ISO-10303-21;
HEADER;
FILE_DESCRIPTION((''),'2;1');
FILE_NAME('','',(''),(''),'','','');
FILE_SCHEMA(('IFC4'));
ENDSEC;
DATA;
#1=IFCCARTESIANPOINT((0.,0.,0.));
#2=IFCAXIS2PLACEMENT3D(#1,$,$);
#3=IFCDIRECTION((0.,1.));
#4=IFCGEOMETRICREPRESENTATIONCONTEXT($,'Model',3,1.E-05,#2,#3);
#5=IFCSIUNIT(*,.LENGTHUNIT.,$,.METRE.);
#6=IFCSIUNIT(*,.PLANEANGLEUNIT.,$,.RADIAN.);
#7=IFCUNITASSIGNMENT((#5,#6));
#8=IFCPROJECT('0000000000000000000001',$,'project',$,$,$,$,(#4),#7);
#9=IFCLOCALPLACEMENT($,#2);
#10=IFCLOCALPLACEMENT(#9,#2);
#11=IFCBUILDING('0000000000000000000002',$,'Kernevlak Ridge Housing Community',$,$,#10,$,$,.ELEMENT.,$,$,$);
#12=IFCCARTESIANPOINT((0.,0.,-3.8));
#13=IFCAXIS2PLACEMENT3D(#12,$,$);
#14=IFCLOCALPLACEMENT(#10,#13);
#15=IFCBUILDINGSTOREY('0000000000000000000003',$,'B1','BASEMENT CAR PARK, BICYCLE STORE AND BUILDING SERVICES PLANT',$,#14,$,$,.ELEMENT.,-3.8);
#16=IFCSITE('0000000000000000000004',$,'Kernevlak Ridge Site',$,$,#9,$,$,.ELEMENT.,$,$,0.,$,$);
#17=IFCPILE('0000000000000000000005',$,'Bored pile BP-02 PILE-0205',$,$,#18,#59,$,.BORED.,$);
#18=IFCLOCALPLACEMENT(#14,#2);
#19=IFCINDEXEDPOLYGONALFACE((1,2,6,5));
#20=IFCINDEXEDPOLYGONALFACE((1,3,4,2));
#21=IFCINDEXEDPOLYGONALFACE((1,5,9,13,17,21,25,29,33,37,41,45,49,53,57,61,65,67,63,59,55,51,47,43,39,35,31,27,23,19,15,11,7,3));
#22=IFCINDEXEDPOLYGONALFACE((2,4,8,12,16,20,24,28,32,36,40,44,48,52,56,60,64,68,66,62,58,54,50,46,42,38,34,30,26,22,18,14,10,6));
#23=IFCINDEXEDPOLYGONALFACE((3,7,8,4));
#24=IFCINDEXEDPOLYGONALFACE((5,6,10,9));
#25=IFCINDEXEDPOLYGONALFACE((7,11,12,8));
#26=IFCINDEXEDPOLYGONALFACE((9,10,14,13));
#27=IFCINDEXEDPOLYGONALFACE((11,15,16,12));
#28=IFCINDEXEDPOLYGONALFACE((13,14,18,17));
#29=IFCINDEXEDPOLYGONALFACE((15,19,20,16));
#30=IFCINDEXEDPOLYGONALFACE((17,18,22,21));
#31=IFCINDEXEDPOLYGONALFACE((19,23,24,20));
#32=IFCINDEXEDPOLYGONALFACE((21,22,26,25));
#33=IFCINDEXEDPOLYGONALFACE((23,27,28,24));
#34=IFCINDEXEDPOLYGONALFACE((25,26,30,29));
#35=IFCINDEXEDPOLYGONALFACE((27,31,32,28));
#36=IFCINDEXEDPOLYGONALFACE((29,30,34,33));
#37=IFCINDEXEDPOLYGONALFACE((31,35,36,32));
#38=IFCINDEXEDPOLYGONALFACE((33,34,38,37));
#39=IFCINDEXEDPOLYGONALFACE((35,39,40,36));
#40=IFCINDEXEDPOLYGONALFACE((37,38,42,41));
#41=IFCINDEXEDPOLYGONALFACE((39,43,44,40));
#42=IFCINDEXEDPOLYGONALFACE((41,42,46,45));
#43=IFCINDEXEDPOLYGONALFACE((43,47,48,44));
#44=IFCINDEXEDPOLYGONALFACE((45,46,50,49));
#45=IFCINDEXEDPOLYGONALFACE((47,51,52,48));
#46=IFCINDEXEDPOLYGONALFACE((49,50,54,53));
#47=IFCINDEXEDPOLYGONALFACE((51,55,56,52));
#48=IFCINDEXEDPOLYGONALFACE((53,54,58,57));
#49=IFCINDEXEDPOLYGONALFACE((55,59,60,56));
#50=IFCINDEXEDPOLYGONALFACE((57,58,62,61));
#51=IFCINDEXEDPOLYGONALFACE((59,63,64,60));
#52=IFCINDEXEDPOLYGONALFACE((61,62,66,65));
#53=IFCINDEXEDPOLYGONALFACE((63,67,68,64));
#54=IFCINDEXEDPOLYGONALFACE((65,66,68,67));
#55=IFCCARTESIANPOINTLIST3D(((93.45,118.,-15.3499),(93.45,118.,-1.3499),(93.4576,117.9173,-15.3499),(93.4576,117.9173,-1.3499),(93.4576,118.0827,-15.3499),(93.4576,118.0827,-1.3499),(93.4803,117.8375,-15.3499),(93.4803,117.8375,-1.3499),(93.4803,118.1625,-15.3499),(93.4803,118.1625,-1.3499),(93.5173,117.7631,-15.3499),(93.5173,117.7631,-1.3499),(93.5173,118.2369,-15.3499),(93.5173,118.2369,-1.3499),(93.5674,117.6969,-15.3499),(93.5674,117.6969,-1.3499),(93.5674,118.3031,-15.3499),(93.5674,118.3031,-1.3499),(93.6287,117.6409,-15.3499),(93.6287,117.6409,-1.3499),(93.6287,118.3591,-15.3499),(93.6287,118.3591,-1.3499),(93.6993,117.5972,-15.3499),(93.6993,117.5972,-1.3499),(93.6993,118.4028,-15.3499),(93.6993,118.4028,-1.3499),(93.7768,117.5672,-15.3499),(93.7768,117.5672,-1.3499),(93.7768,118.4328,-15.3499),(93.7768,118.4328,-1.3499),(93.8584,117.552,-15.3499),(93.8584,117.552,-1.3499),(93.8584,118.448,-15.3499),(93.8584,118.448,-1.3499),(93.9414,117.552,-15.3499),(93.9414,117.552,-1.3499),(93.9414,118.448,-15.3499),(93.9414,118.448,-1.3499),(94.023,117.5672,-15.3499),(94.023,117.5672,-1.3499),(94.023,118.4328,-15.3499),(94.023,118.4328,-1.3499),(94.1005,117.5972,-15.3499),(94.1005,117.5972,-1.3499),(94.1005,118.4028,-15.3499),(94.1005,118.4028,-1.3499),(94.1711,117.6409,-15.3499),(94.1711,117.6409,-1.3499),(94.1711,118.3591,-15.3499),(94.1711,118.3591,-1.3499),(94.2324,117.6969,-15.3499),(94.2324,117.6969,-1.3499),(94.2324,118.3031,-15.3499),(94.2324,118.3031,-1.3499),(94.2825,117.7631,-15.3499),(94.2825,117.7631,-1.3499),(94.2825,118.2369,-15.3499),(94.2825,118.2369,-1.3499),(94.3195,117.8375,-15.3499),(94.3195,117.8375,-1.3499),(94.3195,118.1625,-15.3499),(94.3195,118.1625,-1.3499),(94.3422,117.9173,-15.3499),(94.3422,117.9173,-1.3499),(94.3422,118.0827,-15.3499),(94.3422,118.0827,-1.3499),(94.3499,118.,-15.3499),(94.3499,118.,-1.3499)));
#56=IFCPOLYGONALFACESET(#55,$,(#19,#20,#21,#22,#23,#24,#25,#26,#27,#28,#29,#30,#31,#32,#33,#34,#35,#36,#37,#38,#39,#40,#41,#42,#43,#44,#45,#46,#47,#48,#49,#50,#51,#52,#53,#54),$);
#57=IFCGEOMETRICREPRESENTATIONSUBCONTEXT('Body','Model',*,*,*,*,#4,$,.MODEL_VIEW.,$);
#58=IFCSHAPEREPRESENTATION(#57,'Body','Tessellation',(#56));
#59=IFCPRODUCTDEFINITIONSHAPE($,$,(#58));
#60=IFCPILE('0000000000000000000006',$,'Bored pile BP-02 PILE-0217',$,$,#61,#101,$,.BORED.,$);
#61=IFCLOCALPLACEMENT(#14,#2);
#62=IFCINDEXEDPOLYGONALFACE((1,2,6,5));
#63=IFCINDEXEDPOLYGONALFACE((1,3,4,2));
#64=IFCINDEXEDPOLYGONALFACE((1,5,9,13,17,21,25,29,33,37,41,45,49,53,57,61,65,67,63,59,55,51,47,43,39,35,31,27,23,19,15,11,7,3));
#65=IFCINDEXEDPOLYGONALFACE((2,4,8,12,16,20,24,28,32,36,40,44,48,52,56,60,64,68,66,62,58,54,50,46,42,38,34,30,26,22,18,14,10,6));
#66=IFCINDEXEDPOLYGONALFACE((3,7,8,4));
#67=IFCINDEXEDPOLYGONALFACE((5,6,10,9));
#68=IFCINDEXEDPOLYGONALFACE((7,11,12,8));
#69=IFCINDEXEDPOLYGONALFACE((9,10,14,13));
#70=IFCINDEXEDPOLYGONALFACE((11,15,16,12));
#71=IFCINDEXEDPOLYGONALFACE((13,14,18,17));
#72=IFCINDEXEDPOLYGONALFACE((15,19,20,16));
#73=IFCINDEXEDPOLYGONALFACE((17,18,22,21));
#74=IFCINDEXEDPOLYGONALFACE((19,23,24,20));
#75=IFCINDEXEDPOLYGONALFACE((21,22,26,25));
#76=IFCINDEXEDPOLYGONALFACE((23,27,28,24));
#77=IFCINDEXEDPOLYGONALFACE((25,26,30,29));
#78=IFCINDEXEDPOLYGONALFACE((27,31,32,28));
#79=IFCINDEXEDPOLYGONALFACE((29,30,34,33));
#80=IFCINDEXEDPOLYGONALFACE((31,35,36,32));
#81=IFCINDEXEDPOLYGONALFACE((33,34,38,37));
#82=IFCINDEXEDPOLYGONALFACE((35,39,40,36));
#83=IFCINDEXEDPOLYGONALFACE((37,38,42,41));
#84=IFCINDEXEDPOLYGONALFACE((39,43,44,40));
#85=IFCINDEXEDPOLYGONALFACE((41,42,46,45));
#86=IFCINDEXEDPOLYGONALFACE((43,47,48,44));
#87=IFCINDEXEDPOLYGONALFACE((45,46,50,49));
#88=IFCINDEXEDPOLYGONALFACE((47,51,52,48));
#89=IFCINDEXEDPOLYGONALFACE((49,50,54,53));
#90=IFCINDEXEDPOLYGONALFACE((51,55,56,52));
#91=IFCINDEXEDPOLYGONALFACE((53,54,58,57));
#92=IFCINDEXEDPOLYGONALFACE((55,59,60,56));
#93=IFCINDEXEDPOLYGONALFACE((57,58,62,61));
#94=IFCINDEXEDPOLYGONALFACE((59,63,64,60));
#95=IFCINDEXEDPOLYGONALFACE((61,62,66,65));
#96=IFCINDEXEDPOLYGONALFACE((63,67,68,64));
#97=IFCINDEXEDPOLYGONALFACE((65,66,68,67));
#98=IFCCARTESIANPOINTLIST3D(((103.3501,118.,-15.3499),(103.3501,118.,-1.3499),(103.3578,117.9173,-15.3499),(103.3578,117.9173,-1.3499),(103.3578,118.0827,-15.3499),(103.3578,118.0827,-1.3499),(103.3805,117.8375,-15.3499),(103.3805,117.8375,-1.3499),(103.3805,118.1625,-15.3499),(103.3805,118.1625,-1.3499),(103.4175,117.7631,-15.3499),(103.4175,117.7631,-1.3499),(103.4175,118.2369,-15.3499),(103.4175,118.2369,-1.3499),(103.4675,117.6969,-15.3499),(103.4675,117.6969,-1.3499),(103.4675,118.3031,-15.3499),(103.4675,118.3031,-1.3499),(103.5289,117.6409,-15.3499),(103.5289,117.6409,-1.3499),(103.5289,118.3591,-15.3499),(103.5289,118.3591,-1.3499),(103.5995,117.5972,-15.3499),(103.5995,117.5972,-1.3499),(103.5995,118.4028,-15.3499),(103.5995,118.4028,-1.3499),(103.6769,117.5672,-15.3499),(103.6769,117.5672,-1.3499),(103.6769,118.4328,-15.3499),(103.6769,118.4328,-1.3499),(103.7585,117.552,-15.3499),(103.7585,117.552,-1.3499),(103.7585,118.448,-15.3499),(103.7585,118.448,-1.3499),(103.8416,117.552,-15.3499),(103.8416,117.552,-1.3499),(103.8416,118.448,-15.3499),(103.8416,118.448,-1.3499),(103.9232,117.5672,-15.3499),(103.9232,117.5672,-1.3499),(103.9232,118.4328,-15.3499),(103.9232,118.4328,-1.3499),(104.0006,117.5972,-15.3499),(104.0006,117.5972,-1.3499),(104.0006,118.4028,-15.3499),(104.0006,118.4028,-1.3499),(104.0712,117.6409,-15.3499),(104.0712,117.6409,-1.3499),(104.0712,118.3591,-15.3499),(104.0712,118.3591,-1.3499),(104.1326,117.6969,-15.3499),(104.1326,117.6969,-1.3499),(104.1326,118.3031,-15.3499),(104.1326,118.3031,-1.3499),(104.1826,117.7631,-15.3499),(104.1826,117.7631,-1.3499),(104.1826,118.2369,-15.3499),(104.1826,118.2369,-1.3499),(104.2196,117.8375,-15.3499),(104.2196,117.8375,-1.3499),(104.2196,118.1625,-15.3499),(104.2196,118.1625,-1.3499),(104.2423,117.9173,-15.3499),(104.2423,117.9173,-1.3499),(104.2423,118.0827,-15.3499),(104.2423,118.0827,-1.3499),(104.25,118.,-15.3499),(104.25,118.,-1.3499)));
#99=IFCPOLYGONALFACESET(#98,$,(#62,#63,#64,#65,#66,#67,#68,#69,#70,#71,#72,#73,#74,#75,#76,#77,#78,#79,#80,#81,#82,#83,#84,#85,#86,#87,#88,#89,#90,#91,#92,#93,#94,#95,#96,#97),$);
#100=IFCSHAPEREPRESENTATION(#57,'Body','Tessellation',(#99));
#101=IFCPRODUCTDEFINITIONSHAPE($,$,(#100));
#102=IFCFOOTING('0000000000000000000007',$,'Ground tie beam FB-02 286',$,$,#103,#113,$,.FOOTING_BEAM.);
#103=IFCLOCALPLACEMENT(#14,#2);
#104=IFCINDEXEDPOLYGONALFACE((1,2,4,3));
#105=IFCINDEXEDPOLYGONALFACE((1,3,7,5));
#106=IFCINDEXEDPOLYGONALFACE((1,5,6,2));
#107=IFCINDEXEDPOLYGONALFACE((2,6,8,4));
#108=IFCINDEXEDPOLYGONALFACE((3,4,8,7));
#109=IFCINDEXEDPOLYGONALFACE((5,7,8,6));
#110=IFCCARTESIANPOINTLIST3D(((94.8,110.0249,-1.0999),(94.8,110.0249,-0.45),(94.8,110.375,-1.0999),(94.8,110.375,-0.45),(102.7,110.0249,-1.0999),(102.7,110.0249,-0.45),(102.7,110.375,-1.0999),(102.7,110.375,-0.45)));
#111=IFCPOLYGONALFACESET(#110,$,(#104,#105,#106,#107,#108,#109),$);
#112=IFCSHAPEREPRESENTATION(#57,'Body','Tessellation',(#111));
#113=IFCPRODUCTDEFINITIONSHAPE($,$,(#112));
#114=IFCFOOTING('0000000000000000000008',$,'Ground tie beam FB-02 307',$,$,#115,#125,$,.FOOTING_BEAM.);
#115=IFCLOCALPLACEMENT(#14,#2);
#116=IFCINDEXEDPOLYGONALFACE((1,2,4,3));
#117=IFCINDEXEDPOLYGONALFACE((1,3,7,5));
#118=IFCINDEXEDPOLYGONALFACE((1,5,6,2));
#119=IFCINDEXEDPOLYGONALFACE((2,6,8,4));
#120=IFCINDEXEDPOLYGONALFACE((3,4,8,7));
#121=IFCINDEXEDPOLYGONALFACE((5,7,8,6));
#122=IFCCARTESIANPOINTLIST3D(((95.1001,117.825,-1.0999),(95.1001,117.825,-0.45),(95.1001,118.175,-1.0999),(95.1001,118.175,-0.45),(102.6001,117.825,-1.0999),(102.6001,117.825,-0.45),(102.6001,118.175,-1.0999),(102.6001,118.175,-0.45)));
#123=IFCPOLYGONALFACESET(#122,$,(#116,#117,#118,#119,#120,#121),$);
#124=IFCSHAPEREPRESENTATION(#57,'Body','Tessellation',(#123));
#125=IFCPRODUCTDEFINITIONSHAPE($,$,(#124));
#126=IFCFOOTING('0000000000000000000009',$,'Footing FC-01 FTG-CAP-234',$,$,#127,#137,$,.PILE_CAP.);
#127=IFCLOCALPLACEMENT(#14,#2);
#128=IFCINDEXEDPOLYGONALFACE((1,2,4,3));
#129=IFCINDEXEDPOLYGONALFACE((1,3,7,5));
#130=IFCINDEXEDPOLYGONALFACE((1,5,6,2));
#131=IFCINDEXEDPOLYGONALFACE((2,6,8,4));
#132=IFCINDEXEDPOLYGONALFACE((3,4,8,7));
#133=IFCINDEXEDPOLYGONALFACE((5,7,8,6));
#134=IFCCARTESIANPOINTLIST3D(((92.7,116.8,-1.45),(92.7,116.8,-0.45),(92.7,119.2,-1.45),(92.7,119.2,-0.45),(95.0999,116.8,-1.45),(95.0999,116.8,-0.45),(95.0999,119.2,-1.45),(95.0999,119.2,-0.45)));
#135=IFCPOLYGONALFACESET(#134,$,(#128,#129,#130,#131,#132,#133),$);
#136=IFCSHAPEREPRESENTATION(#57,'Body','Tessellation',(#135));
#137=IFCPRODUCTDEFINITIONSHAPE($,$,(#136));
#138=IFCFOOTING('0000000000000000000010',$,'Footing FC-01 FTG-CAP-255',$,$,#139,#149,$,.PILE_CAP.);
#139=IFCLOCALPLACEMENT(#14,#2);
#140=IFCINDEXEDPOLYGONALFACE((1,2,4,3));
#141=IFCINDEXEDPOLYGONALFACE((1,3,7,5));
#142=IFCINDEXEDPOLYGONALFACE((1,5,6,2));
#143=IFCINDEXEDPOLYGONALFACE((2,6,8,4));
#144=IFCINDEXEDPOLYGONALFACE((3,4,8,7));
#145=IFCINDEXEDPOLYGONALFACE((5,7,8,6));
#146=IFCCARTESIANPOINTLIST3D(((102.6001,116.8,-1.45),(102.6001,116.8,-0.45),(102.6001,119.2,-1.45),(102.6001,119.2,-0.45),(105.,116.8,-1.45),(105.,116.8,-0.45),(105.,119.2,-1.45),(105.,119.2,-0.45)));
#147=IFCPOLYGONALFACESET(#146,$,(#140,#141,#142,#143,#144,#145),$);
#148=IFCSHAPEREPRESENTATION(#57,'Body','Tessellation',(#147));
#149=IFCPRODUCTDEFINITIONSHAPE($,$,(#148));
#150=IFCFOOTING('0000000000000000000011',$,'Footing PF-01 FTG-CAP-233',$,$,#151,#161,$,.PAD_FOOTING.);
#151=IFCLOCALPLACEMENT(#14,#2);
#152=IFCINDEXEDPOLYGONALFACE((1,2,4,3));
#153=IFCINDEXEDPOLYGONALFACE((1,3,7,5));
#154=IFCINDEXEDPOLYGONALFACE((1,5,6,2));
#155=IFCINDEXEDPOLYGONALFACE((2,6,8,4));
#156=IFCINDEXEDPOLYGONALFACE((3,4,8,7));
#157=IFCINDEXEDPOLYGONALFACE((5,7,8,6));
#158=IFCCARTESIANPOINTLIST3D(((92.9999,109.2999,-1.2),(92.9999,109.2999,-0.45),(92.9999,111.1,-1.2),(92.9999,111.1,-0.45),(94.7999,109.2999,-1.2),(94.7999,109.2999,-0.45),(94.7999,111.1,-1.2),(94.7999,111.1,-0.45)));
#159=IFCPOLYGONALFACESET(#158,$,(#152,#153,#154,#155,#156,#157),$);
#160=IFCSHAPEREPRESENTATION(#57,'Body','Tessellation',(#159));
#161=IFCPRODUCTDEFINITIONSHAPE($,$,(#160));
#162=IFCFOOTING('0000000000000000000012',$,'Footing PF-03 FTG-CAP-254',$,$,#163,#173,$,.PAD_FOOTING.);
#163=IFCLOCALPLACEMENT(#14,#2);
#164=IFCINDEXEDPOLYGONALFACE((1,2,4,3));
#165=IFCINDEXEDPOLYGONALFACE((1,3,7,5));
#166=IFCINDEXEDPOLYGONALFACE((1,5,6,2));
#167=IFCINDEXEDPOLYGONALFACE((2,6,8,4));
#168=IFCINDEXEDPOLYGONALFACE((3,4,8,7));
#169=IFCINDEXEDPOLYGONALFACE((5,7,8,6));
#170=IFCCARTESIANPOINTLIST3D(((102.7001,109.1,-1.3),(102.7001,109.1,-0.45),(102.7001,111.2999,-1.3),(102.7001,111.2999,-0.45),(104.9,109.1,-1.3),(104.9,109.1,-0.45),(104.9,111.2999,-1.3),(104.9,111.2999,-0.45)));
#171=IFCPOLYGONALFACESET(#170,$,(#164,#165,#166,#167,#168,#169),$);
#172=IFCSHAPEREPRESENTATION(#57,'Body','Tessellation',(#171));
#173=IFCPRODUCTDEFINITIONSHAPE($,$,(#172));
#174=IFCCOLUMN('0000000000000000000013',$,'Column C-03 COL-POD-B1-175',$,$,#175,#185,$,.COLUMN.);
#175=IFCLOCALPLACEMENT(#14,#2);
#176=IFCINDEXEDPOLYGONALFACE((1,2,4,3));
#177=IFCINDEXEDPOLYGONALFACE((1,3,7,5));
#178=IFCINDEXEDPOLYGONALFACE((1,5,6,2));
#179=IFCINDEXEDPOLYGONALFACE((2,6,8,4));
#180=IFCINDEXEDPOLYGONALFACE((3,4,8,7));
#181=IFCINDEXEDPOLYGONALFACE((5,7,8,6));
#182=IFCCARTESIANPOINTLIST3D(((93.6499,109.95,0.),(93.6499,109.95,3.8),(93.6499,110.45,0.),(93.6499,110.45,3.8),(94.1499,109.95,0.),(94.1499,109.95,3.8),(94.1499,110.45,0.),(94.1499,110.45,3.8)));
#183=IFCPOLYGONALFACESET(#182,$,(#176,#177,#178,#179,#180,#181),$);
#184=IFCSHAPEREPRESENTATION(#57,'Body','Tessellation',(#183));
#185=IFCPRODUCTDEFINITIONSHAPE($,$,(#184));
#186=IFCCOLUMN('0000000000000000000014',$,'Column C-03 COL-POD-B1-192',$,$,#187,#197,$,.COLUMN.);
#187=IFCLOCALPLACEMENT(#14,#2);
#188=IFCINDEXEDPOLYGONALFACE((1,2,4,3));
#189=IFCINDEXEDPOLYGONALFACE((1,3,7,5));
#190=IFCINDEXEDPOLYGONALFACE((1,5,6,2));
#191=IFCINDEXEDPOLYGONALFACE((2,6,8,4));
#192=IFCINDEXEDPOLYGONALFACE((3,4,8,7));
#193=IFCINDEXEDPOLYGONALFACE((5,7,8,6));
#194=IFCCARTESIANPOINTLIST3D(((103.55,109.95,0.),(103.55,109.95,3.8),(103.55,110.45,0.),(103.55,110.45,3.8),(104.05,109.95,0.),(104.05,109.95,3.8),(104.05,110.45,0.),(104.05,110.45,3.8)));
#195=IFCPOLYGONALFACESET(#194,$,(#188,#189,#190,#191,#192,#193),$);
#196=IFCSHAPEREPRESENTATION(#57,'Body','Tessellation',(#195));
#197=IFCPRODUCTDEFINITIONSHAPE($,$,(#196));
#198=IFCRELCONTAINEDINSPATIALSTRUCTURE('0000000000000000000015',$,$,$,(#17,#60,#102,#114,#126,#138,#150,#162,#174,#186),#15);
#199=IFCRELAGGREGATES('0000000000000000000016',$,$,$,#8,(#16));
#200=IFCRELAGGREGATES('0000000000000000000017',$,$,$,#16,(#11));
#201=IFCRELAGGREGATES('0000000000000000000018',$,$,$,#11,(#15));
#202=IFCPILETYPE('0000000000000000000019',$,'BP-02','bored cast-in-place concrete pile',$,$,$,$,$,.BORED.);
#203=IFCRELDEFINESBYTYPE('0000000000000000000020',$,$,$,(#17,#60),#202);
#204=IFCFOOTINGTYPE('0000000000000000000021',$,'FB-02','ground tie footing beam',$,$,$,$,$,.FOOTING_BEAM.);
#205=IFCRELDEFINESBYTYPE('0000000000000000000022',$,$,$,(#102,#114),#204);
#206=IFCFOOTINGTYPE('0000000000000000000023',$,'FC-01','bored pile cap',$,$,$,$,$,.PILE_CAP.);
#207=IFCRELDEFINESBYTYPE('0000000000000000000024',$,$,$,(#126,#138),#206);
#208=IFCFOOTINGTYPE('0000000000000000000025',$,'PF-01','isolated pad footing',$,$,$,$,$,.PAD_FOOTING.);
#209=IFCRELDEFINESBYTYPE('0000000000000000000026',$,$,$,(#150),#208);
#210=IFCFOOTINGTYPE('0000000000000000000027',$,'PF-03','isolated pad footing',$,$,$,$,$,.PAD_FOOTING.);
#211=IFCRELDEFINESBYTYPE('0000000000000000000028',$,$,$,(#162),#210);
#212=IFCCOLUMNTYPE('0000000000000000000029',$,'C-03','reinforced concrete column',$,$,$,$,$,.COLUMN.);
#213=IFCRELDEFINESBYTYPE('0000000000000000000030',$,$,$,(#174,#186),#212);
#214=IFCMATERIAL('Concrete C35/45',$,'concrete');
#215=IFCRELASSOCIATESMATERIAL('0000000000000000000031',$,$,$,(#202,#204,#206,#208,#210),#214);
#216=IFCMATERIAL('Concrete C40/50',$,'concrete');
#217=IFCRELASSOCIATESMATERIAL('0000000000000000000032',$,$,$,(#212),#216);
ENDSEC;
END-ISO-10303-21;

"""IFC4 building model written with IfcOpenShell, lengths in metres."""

from ifc_helpers import new_model, si_unit, direction, frame, origin, origin_2d, place, context, subcontext, project, spatial, rectangle, circle, extrude, material, material_profile, profile_set, type_object, element, save


model = new_model("IFC4")

# Units and contexts
model_context = context("Model", 3, precision=1e-05, world=origin(), true_north=direction((0.0, 1.0)))
body_context = subcontext(model_context, "Body", "Model", "MODEL_VIEW")
ifc_project = project(units=[si_unit("LENGTHUNIT", "METRE"), si_unit("PLANEANGLEUNIT", "RADIAN")], contexts=[model_context])

# Site, building, storey
site_placement = place(None, origin())
site = spatial("IfcSite", under=ifc_project, at=site_placement, Name="Kernevlak Ridge Site", CompositionType="ELEMENT", RefElevation=0.0)
building_placement = place(site_placement, origin())
building = spatial("IfcBuilding", under=site, at=building_placement, Name="Kernevlak Ridge Housing Community", CompositionType="ELEMENT")
storey_placement = place(building_placement, frame((0.0, 0.0, -3.8)))
storey = spatial("IfcBuildingStorey", under=building, at=storey_placement, Name="B1", Description="BASEMENT CAR PARK, BICYCLE STORE AND BUILDING SERVICES PLANT", CompositionType="ELEMENT", Elevation=-3.8)

# Piles
ifc_material_1 = material(Name="Concrete C35/45", Category="concrete")
ifc_material_profile_1 = material_profile(ifc_material_1, circle(Radius=0.45, at=origin_2d()), Name="BORED PILE 900")
ifc_profile_set_1 = profile_set([ifc_material_profile_1], Name="Concrete C35/45")
pile_type = type_object("IfcPileType", Name="BP-02", Description="bored cast-in-place concrete pile", PredefinedType="BORED", material=ifc_profile_set_1)
for number, where, z_axis, x_axis, name in (
    (1, (93.8999, 118.0, -1.3499), (0.0, 0.0, -1.0), (1.0, 0.0, 0.0), "Bored pile BP-02 PILE-0205"),
    (2, (103.8, 118.0, -1.3499), (0.0, 0.0, -1.0), (1.0, 0.0, 0.0), "Bored pile BP-02 PILE-0217"),
):
    element("IfcPile", number, at=place(storey_placement, frame(where, z_axis=z_axis, x_axis=x_axis)), inside=storey, type_object=pile_type, Name=name, PredefinedType="BORED", context=body_context, shape_type="SweptSolid", body=[
        extrude(circle(Radius=0.45, at=origin_2d()), origin(), (0.0, 0.0, 1.0), 14.0),
    ])

# Footings
ifc_material_profile_2 = material_profile(ifc_material_1, rectangle(XDim=0.3501, YDim=0.6499, at=origin_2d()), Name="RC 350x650")
ifc_profile_set_2 = profile_set([ifc_material_profile_2], Name="Concrete C35/45")
footing_type_1 = type_object("IfcFootingType", Name="FB-02", Description="ground tie footing beam", PredefinedType="FOOTING_BEAM", material=ifc_profile_set_2)
footing_1_placement = place(storey_placement, frame((94.8, 110.2, -0.7749), z_axis=(1.0, 0.0, 0.0), x_axis=(0.0, 1.0, 0.0)))
element("IfcFooting", 3, at=footing_1_placement, inside=storey, type_object=footing_type_1, Name="Ground tie beam FB-02 286", PredefinedType="FOOTING_BEAM", context=body_context, shape_type="SweptSolid", body=[
    extrude(rectangle(XDim=0.3501, YDim=0.6499, at=origin_2d()), origin(), (0.0, 0.0, 1.0), 7.8999),
])
footing_2_placement = place(storey_placement, frame((95.1001, 118.0, -0.7749), z_axis=(1.0, 0.0, 0.0), x_axis=(0.0, 1.0, 0.0)))
element("IfcFooting", 4, at=footing_2_placement, inside=storey, type_object=footing_type_1, Name="Ground tie beam FB-02 307", PredefinedType="FOOTING_BEAM", context=body_context, shape_type="SweptSolid", body=[
    extrude(rectangle(XDim=0.3501, YDim=0.6499, at=origin_2d()), origin(), (0.0, 0.0, 1.0), 7.5),
])
footing_type_2 = type_object("IfcFootingType", Name="FC-01", Description="bored pile cap", PredefinedType="PILE_CAP", material=ifc_material_1)
for number, where, z_axis, x_axis, name in (
    (5, (93.8999, 118.0, -1.45), (0.0, 0.0, 1.0), (1.0, 0.0, 0.0), "Footing FC-01 FTG-CAP-234"),
    (6, (103.8, 118.0, -1.45), (0.0, 0.0, 1.0), (1.0, 0.0, 0.0), "Footing FC-01 FTG-CAP-255"),
):
    element("IfcFooting", number, at=place(storey_placement, frame(where, z_axis=z_axis, x_axis=x_axis)), inside=storey, type_object=footing_type_2, Name=name, PredefinedType="PILE_CAP", context=body_context, shape_type="SweptSolid", body=[
        extrude(rectangle(XDim=2.3999, YDim=2.3999, at=origin_2d()), origin(), (0.0, 0.0, 1.0), 1.0),
    ])
footing_type_3 = type_object("IfcFootingType", Name="PF-01", Description="isolated pad footing", PredefinedType="PAD_FOOTING", material=ifc_material_1)
footing_3_placement = place(storey_placement, frame((93.8999, 110.2, -1.2), z_axis=(0.0, 0.0, 1.0), x_axis=(1.0, 0.0, 0.0)))
element("IfcFooting", 7, at=footing_3_placement, inside=storey, type_object=footing_type_3, Name="Footing PF-01 FTG-CAP-233", PredefinedType="PAD_FOOTING", context=body_context, shape_type="SweptSolid", body=[
    extrude(rectangle(XDim=1.8, YDim=1.8, at=origin_2d()), origin(), (0.0, 0.0, 1.0), 0.75),
])
footing_type_4 = type_object("IfcFootingType", Name="PF-03", Description="isolated pad footing", PredefinedType="PAD_FOOTING", material=ifc_material_1)
footing_4_placement = place(storey_placement, frame((103.8, 110.2, -1.3), z_axis=(0.0, 0.0, 1.0), x_axis=(1.0, 0.0, 0.0)))
element("IfcFooting", 8, at=footing_4_placement, inside=storey, type_object=footing_type_4, Name="Footing PF-03 FTG-CAP-254", PredefinedType="PAD_FOOTING", context=body_context, shape_type="SweptSolid", body=[
    extrude(rectangle(XDim=2.2, YDim=2.2, at=origin_2d()), origin(), (0.0, 0.0, 1.0), 0.8501),
])

# Columns
ifc_material_2 = material(Name="Concrete C40/50", Category="concrete")
ifc_material_profile_3 = material_profile(ifc_material_2, rectangle(XDim=0.5, YDim=0.5, at=origin_2d()), Name="RC 500x500")
ifc_profile_set_3 = profile_set([ifc_material_profile_3], Name="Concrete C40/50")
column_type_1 = type_object("IfcColumnType", Name="C-03", Description="reinforced concrete column", PredefinedType="COLUMN", material=ifc_profile_set_3)
for number, where, z_axis, x_axis, name in (
    (9, (93.8999, 110.2, 0.0), (0.0, 0.0, 1.0), (1.0, 0.0, 0.0), "Column C-03 COL-POD-B1-175"),
    (10, (103.8, 110.2, 0.0), (0.0, 0.0, 1.0), (1.0, 0.0, 0.0), "Column C-03 COL-POD-B1-192"),
):
    element("IfcColumn", number, at=place(storey_placement, frame(where, z_axis=z_axis, x_axis=x_axis)), inside=storey, type_object=column_type_1, Name=name, PredefinedType="COLUMN", context=body_context, shape_type="SweptSolid", body=[
        extrude(rectangle(XDim=0.5, YDim=0.5, at=origin_2d()), origin(), (0.0, 0.0, 1.0), 3.8),
    ])

save(model, "model.ifc")
